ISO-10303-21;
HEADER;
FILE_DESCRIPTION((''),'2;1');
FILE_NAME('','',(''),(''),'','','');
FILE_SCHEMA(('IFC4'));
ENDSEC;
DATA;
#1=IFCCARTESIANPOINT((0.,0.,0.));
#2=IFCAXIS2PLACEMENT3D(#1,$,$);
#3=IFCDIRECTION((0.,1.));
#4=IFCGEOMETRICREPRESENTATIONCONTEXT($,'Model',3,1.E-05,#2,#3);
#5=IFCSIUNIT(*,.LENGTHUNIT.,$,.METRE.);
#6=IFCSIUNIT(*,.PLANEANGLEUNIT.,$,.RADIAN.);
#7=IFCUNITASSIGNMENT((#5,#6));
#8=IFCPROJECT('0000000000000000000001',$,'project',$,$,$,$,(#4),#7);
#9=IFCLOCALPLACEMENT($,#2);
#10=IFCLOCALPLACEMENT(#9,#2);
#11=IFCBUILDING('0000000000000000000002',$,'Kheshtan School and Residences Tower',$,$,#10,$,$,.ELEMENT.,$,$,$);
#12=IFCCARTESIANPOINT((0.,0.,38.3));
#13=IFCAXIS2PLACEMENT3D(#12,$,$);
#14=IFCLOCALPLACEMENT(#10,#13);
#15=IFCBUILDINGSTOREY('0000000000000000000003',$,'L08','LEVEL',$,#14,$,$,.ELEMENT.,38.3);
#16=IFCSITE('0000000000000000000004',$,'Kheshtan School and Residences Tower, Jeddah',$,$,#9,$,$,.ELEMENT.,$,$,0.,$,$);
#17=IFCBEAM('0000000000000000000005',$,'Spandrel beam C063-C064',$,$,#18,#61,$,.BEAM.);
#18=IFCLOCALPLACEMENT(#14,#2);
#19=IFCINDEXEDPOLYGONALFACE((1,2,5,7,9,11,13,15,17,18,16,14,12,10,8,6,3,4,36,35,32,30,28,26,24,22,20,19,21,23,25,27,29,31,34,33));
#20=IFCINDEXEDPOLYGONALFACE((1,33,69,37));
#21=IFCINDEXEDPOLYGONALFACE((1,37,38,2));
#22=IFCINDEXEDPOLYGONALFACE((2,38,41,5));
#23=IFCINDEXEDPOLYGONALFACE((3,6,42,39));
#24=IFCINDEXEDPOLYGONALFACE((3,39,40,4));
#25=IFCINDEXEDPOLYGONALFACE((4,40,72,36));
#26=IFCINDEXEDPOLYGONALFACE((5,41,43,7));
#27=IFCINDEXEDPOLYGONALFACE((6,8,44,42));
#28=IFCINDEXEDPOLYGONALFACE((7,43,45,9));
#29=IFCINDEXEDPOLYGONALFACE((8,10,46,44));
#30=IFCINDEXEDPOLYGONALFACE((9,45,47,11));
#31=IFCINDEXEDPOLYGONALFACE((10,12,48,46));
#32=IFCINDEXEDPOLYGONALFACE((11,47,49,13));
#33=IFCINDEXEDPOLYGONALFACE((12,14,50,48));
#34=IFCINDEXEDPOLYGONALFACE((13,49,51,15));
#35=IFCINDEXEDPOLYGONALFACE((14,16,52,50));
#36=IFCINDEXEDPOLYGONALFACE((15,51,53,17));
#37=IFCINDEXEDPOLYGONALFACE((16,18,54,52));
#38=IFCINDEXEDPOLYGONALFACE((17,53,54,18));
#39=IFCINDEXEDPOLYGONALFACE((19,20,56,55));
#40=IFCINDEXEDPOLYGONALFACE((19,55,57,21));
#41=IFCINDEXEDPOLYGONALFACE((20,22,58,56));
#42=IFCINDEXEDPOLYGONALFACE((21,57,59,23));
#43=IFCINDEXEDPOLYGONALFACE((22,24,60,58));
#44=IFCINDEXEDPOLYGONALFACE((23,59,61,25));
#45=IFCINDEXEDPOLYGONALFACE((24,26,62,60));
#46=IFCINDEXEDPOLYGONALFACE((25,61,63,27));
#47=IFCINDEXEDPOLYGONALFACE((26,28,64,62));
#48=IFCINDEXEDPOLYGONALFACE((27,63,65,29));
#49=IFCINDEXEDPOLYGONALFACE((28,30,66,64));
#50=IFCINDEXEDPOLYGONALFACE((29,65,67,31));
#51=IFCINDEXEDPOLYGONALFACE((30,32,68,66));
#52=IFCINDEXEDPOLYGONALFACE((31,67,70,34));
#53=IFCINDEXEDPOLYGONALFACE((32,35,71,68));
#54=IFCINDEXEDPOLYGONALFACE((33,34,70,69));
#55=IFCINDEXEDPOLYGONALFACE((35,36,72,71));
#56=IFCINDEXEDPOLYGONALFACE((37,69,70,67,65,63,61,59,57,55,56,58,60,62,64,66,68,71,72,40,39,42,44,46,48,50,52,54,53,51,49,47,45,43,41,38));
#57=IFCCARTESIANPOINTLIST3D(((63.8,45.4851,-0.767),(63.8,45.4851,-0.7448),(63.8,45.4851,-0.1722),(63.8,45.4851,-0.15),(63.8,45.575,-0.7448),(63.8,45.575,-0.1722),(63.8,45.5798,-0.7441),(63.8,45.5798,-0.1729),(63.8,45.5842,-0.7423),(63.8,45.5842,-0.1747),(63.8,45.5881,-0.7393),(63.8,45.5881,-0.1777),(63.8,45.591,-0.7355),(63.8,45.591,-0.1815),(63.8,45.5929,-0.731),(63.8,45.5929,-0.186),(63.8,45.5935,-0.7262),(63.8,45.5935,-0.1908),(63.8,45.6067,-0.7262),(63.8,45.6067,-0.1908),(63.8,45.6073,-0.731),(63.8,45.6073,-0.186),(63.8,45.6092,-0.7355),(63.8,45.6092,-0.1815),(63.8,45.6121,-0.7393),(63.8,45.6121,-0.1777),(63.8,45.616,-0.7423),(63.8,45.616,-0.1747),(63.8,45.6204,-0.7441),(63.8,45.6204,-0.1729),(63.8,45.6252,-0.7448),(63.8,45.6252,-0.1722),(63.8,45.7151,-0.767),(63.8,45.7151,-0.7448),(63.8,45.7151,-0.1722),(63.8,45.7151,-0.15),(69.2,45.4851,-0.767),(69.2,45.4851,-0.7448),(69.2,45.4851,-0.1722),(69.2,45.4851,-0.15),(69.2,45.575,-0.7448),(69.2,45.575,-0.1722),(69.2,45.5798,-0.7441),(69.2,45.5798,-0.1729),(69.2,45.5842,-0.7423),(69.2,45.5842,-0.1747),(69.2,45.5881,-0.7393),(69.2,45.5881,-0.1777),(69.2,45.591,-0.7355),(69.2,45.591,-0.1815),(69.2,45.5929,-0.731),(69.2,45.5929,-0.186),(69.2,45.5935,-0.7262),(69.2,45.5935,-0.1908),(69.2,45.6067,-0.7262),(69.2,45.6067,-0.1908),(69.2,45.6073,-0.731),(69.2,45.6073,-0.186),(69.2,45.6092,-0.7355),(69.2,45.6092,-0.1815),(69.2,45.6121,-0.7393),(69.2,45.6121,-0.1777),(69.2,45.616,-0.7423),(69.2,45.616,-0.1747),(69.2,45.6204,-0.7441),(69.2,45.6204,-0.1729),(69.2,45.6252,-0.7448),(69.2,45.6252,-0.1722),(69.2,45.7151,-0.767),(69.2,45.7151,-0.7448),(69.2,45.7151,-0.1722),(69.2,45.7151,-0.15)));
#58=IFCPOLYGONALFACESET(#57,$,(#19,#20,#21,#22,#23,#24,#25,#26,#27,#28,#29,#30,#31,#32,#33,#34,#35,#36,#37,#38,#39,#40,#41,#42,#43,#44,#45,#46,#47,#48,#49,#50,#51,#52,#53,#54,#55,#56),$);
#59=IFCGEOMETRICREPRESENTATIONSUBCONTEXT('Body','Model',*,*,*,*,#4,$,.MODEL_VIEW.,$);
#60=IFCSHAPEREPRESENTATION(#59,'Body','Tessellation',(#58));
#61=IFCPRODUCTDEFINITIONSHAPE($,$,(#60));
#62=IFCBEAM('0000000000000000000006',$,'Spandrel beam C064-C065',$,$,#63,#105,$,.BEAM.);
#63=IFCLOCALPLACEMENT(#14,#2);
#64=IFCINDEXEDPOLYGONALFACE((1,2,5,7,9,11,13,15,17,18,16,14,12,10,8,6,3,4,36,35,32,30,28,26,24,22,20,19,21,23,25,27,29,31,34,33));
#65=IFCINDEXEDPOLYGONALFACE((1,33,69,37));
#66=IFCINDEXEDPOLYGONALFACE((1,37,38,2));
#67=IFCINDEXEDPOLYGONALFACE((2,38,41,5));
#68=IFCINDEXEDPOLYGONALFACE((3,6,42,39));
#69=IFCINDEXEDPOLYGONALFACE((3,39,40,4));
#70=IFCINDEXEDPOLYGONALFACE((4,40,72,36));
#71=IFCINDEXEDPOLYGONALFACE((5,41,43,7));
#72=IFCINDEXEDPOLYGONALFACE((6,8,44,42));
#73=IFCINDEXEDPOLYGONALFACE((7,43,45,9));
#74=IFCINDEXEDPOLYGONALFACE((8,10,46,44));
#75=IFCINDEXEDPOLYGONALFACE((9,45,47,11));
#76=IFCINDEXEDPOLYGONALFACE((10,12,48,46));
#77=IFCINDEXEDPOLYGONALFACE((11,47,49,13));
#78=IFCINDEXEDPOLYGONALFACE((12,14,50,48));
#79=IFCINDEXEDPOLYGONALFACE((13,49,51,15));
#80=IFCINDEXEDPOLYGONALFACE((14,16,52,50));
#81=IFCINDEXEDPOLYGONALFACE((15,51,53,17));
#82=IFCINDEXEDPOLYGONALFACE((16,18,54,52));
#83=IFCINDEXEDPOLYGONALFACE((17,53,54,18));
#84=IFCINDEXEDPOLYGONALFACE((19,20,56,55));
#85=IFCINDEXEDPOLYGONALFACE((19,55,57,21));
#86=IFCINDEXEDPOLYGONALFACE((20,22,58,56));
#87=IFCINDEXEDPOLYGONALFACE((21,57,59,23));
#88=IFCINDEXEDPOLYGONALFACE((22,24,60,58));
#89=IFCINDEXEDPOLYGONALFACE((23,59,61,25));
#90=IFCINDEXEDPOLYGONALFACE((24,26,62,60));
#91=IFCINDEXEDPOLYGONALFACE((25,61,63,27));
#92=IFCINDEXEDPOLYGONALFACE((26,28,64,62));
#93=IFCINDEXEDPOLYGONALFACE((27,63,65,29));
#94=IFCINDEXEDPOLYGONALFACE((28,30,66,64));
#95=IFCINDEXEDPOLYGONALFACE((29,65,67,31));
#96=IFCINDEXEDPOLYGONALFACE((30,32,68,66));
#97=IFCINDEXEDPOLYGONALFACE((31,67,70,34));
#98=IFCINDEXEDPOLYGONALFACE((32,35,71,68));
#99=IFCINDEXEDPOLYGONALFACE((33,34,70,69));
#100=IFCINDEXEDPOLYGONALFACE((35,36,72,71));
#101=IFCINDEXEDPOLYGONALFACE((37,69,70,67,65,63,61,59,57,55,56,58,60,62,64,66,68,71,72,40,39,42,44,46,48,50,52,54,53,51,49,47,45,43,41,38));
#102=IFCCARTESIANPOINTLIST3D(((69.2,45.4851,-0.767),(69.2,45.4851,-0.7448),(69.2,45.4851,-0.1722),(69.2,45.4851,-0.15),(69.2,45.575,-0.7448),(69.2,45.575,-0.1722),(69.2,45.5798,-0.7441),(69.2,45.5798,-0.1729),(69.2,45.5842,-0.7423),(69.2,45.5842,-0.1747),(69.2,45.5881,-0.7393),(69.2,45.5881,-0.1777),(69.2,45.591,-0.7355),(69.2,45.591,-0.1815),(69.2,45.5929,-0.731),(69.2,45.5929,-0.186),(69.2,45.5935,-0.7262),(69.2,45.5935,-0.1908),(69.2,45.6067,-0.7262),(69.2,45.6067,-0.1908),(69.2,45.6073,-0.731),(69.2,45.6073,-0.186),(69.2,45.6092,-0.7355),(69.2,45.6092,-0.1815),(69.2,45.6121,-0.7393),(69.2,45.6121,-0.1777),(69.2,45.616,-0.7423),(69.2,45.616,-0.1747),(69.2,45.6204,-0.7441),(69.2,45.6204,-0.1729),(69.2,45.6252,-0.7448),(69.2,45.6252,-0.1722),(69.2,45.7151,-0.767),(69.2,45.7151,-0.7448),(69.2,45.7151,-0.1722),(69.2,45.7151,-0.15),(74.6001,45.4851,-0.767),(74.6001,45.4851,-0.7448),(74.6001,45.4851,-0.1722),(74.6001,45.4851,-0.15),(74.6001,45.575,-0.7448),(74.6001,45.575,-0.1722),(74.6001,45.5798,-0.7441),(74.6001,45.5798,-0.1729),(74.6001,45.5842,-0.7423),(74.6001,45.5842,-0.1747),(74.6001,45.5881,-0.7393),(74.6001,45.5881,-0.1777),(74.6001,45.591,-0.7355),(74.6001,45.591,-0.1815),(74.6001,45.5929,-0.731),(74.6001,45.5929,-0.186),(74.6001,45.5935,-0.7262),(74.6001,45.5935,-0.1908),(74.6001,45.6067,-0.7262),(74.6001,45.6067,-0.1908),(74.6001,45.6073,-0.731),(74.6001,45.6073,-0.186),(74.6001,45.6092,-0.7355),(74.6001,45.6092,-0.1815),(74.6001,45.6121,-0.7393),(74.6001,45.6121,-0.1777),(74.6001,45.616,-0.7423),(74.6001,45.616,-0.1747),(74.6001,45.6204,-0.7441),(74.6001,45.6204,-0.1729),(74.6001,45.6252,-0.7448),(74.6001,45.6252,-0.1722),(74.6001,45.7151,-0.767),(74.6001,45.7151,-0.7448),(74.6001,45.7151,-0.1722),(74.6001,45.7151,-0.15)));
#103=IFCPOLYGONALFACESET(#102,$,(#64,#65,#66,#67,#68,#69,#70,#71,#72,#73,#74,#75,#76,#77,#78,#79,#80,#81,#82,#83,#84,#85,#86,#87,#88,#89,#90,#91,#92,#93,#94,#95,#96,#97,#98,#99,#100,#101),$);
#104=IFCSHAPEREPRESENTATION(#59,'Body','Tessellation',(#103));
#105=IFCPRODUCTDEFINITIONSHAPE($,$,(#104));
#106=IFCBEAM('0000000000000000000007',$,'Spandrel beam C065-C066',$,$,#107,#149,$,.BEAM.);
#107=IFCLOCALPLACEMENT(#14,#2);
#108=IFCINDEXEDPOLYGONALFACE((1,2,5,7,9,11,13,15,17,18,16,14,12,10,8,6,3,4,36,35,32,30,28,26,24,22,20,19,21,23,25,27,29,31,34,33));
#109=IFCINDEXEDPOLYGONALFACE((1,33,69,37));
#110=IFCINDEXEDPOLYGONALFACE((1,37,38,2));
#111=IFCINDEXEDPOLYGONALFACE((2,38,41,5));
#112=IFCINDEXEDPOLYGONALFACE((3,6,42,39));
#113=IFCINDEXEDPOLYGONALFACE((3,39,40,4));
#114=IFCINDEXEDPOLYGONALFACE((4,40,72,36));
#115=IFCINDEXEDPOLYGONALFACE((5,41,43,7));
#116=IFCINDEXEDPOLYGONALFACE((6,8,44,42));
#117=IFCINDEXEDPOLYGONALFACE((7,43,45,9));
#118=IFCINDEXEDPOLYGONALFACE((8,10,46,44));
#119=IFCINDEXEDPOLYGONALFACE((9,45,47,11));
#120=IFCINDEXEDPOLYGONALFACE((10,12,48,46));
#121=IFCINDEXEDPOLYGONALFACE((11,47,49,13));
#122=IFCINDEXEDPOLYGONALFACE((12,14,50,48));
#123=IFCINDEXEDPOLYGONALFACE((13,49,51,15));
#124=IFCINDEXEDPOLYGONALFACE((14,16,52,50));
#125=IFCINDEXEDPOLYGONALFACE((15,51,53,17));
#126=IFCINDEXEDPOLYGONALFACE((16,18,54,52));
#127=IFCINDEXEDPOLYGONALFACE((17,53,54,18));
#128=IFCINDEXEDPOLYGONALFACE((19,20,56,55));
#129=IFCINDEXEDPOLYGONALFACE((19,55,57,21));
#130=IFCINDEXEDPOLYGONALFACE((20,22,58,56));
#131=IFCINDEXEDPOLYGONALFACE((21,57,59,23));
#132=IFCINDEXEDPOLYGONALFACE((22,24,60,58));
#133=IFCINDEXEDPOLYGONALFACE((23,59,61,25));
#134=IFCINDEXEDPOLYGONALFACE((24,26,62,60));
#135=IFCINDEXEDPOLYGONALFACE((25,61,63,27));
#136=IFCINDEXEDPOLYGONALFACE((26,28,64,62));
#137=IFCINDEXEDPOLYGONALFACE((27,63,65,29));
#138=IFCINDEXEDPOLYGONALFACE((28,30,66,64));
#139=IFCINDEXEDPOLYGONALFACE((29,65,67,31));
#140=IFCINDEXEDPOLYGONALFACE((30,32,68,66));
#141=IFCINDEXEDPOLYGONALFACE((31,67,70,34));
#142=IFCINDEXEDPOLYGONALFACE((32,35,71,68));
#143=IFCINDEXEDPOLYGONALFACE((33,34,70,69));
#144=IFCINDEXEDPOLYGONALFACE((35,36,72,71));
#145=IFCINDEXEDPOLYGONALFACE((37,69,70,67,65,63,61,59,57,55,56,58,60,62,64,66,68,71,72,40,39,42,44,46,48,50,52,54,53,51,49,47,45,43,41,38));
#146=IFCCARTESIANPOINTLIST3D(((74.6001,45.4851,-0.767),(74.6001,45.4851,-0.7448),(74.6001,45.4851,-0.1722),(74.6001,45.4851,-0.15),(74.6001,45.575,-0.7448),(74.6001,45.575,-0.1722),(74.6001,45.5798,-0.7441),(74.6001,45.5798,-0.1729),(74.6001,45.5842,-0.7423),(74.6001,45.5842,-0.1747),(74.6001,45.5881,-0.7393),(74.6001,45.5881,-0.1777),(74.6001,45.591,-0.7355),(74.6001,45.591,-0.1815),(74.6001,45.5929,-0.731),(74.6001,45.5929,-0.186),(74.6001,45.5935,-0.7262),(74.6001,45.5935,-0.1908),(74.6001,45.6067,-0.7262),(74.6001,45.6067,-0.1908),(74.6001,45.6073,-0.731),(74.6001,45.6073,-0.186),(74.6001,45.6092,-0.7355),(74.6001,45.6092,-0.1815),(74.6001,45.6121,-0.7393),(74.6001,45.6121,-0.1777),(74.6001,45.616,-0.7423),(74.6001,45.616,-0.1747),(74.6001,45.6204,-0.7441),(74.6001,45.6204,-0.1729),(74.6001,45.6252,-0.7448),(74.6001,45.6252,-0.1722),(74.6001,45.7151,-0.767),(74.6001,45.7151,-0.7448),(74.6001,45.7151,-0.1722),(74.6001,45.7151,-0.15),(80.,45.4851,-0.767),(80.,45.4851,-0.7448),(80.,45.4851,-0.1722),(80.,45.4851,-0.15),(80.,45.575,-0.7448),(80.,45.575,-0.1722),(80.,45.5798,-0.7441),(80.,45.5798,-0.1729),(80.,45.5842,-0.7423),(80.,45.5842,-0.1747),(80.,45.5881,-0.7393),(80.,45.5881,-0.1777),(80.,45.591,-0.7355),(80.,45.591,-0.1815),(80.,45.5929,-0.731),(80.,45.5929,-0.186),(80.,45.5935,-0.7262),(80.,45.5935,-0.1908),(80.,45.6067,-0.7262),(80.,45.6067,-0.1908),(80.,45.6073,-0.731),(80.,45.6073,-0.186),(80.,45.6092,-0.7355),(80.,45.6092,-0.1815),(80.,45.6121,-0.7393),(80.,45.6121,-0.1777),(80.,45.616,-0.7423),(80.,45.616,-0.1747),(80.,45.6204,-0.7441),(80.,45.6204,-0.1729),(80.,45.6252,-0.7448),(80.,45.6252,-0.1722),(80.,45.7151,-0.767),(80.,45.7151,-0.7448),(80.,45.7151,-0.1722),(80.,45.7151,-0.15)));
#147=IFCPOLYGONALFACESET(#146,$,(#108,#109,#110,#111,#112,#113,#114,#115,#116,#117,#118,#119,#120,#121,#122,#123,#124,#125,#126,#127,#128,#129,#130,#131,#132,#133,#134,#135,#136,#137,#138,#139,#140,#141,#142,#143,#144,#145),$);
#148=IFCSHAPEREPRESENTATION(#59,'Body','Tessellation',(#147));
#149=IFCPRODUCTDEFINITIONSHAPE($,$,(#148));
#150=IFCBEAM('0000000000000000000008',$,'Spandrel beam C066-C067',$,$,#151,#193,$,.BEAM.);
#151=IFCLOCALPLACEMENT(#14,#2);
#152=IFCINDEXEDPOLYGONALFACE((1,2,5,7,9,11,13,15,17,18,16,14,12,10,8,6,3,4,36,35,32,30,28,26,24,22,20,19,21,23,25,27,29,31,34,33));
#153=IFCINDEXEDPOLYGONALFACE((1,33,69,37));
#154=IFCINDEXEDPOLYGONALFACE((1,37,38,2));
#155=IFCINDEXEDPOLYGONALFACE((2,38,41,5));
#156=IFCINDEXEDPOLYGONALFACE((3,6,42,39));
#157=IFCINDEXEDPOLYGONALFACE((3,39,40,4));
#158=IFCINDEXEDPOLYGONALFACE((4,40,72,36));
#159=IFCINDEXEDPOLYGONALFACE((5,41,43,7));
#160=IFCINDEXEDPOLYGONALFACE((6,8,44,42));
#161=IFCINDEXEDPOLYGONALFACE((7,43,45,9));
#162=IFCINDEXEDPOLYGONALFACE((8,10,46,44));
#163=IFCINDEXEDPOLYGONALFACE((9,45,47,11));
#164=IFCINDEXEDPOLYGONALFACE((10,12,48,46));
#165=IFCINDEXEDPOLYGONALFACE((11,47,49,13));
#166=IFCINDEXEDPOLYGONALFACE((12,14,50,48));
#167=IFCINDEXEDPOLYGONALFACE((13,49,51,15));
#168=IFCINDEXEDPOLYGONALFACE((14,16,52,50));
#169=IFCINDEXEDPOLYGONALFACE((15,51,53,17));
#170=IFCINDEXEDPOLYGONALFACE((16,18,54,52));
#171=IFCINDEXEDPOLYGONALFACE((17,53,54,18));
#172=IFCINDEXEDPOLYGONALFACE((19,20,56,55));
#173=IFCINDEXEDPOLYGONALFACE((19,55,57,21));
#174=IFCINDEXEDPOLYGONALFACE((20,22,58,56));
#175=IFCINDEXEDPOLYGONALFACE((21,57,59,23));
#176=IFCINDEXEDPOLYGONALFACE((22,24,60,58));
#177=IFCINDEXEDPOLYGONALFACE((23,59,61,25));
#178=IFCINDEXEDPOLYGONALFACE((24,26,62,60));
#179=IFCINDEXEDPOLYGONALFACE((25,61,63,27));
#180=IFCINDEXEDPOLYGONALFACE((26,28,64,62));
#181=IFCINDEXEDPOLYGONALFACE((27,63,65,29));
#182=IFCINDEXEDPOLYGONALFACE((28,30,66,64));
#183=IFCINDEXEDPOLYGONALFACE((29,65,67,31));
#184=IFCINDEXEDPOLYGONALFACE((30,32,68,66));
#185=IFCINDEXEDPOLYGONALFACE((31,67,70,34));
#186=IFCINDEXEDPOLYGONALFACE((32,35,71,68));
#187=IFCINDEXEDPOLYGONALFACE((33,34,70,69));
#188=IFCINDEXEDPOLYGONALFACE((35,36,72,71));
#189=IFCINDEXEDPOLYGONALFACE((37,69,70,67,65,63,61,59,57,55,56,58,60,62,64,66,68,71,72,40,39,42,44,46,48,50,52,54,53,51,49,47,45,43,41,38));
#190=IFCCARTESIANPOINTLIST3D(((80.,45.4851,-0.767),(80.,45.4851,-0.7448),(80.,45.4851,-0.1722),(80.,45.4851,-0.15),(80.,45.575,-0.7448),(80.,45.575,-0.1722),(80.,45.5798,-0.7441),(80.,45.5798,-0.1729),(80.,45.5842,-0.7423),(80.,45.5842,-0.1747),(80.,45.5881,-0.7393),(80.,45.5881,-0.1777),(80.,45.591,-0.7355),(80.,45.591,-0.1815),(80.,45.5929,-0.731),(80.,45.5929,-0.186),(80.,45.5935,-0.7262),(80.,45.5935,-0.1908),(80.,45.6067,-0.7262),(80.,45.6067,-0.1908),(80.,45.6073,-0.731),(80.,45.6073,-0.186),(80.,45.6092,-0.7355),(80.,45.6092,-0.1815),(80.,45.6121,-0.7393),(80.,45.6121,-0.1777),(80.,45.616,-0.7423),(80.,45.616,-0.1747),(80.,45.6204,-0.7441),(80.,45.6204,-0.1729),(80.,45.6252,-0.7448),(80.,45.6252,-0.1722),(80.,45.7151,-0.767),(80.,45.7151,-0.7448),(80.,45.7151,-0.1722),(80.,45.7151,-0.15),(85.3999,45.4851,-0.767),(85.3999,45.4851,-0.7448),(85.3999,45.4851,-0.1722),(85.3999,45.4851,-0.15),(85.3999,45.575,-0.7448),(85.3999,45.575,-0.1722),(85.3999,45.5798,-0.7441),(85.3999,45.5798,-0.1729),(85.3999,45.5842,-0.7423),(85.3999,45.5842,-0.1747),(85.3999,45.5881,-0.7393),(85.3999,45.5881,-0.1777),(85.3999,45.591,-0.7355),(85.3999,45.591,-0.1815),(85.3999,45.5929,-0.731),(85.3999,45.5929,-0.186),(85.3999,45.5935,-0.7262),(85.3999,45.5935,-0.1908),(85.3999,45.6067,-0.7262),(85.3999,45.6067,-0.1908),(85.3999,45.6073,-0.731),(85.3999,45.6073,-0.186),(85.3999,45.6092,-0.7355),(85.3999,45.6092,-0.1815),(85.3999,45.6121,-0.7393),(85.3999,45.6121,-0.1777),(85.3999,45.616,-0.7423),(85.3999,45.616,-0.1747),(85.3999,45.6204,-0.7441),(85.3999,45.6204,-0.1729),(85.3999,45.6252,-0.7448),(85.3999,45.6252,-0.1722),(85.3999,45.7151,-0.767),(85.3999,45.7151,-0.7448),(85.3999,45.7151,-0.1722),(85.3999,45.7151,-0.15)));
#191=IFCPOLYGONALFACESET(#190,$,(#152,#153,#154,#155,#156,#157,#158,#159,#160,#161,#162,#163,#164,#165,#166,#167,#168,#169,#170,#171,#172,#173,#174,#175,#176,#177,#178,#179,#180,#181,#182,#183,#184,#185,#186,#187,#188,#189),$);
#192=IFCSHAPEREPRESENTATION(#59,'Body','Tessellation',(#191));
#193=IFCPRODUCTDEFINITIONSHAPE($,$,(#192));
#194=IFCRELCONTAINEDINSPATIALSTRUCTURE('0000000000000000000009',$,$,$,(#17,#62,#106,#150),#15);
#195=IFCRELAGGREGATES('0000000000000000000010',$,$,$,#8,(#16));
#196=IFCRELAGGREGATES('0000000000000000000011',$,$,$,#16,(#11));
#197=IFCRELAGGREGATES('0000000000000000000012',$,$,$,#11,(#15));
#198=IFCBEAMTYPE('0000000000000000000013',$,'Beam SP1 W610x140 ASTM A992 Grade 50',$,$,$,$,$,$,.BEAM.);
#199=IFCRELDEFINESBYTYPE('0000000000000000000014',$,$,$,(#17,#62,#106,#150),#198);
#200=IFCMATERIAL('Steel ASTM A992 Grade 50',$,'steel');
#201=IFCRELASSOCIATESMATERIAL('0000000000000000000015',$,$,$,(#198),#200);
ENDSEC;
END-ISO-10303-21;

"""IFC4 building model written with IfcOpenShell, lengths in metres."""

from ifc_helpers import new_model, si_unit, direction, frame, origin, origin_2d, place, context, subcontext, project, spatial, i_section, extrude, material, material_profile, profile_set, type_object, element, save


model = new_model("IFC4")

# Units and contexts
model_context = context("Model", 3, precision=1e-05, world=origin(), true_north=direction((0.0, 1.0)))
body_context = subcontext(model_context, "Body", "Model", "MODEL_VIEW")
ifc_project = project(units=[si_unit("LENGTHUNIT", "METRE"), si_unit("PLANEANGLEUNIT", "RADIAN")], contexts=[model_context])

# Site, building, storey
site_placement = place(None, origin())
site = spatial("IfcSite", under=ifc_project, at=site_placement, Name="Kheshtan School and Residences Tower, Jeddah", CompositionType="ELEMENT", RefElevation=0.0)
building_placement = place(site_placement, origin())
building = spatial("IfcBuilding", under=site, at=building_placement, Name="Kheshtan School and Residences Tower", CompositionType="ELEMENT")
storey_placement = place(building_placement, frame((0.0, 0.0, 38.3)))
storey = spatial("IfcBuildingStorey", under=building, at=storey_placement, Name="L08", Description="LEVEL", CompositionType="ELEMENT", Elevation=38.3)

# Shared definitions
ifc_material_1 = material(Name="Steel ASTM A992 Grade 50", Category="steel")

# Beams
ifc_material_profile_1 = material_profile(ifc_material_1, i_section(OverallWidth=0.23, OverallDepth=0.6169, WebThickness=0.0132, FlangeThickness=0.0222, FilletRadius=0.0186, at=origin_2d()), Name="W610x140")
ifc_profile_set_1 = profile_set([ifc_material_profile_1], Name="Steel ASTM A992 Grade 50")
beam_type_1 = type_object("IfcBeamType", Name="Beam SP1 W610x140 ASTM A992 Grade 50", PredefinedType="BEAM", material=ifc_profile_set_1)
beam_1_placement = place(storey_placement, frame((63.8, 45.6001, -0.4585), z_axis=(1.0, 0.0, 0.0), x_axis=(0.0, 1.0, 0.0)))
element("IfcBeam", 1, at=beam_1_placement, inside=storey, type_object=beam_type_1, Name="Spandrel beam C063-C064", PredefinedType="BEAM", context=body_context, shape_type="SweptSolid", body=[
    extrude(i_section(OverallWidth=0.23, OverallDepth=0.6169, WebThickness=0.0132, FlangeThickness=0.0222, FilletRadius=0.0186, at=origin_2d()), origin(), (0.0, 0.0, 1.0), 5.3999),
])
beam_2_placement = place(storey_placement, frame((69.2, 45.6001, -0.4585), z_axis=(1.0, 0.0, 0.0), x_axis=(0.0, 1.0, 0.0)))
element("IfcBeam", 2, at=beam_2_placement, inside=storey, type_object=beam_type_1, Name="Spandrel beam C064-C065", PredefinedType="BEAM", context=body_context, shape_type="SweptSolid", body=[
    extrude(i_section(OverallWidth=0.23, OverallDepth=0.6169, WebThickness=0.0132, FlangeThickness=0.0222, FilletRadius=0.0186, at=origin_2d()), origin(), (0.0, 0.0, 1.0), 5.4001),
])
for number, where, z_axis, x_axis, name in (
    (3, (74.6001, 45.6001, -0.4585), (1.0, 0.0, 0.0), (0.0, 1.0, 0.0), "Spandrel beam C065-C066"),
    (4, (80.0, 45.6001, -0.4585), (1.0, 0.0, 0.0), (0.0, 1.0, 0.0), "Spandrel beam C066-C067"),
):
    element("IfcBeam", number, at=place(storey_placement, frame(where, z_axis=z_axis, x_axis=x_axis)), inside=storey, type_object=beam_type_1, Name=name, PredefinedType="BEAM", context=body_context, shape_type="SweptSolid", body=[
        extrude(i_section(OverallWidth=0.23, OverallDepth=0.6169, WebThickness=0.0132, FlangeThickness=0.0222, FilletRadius=0.0186, at=origin_2d()), origin(), (0.0, 0.0, 1.0), 5.3999),
    ])

save(model, "model.ifc")
